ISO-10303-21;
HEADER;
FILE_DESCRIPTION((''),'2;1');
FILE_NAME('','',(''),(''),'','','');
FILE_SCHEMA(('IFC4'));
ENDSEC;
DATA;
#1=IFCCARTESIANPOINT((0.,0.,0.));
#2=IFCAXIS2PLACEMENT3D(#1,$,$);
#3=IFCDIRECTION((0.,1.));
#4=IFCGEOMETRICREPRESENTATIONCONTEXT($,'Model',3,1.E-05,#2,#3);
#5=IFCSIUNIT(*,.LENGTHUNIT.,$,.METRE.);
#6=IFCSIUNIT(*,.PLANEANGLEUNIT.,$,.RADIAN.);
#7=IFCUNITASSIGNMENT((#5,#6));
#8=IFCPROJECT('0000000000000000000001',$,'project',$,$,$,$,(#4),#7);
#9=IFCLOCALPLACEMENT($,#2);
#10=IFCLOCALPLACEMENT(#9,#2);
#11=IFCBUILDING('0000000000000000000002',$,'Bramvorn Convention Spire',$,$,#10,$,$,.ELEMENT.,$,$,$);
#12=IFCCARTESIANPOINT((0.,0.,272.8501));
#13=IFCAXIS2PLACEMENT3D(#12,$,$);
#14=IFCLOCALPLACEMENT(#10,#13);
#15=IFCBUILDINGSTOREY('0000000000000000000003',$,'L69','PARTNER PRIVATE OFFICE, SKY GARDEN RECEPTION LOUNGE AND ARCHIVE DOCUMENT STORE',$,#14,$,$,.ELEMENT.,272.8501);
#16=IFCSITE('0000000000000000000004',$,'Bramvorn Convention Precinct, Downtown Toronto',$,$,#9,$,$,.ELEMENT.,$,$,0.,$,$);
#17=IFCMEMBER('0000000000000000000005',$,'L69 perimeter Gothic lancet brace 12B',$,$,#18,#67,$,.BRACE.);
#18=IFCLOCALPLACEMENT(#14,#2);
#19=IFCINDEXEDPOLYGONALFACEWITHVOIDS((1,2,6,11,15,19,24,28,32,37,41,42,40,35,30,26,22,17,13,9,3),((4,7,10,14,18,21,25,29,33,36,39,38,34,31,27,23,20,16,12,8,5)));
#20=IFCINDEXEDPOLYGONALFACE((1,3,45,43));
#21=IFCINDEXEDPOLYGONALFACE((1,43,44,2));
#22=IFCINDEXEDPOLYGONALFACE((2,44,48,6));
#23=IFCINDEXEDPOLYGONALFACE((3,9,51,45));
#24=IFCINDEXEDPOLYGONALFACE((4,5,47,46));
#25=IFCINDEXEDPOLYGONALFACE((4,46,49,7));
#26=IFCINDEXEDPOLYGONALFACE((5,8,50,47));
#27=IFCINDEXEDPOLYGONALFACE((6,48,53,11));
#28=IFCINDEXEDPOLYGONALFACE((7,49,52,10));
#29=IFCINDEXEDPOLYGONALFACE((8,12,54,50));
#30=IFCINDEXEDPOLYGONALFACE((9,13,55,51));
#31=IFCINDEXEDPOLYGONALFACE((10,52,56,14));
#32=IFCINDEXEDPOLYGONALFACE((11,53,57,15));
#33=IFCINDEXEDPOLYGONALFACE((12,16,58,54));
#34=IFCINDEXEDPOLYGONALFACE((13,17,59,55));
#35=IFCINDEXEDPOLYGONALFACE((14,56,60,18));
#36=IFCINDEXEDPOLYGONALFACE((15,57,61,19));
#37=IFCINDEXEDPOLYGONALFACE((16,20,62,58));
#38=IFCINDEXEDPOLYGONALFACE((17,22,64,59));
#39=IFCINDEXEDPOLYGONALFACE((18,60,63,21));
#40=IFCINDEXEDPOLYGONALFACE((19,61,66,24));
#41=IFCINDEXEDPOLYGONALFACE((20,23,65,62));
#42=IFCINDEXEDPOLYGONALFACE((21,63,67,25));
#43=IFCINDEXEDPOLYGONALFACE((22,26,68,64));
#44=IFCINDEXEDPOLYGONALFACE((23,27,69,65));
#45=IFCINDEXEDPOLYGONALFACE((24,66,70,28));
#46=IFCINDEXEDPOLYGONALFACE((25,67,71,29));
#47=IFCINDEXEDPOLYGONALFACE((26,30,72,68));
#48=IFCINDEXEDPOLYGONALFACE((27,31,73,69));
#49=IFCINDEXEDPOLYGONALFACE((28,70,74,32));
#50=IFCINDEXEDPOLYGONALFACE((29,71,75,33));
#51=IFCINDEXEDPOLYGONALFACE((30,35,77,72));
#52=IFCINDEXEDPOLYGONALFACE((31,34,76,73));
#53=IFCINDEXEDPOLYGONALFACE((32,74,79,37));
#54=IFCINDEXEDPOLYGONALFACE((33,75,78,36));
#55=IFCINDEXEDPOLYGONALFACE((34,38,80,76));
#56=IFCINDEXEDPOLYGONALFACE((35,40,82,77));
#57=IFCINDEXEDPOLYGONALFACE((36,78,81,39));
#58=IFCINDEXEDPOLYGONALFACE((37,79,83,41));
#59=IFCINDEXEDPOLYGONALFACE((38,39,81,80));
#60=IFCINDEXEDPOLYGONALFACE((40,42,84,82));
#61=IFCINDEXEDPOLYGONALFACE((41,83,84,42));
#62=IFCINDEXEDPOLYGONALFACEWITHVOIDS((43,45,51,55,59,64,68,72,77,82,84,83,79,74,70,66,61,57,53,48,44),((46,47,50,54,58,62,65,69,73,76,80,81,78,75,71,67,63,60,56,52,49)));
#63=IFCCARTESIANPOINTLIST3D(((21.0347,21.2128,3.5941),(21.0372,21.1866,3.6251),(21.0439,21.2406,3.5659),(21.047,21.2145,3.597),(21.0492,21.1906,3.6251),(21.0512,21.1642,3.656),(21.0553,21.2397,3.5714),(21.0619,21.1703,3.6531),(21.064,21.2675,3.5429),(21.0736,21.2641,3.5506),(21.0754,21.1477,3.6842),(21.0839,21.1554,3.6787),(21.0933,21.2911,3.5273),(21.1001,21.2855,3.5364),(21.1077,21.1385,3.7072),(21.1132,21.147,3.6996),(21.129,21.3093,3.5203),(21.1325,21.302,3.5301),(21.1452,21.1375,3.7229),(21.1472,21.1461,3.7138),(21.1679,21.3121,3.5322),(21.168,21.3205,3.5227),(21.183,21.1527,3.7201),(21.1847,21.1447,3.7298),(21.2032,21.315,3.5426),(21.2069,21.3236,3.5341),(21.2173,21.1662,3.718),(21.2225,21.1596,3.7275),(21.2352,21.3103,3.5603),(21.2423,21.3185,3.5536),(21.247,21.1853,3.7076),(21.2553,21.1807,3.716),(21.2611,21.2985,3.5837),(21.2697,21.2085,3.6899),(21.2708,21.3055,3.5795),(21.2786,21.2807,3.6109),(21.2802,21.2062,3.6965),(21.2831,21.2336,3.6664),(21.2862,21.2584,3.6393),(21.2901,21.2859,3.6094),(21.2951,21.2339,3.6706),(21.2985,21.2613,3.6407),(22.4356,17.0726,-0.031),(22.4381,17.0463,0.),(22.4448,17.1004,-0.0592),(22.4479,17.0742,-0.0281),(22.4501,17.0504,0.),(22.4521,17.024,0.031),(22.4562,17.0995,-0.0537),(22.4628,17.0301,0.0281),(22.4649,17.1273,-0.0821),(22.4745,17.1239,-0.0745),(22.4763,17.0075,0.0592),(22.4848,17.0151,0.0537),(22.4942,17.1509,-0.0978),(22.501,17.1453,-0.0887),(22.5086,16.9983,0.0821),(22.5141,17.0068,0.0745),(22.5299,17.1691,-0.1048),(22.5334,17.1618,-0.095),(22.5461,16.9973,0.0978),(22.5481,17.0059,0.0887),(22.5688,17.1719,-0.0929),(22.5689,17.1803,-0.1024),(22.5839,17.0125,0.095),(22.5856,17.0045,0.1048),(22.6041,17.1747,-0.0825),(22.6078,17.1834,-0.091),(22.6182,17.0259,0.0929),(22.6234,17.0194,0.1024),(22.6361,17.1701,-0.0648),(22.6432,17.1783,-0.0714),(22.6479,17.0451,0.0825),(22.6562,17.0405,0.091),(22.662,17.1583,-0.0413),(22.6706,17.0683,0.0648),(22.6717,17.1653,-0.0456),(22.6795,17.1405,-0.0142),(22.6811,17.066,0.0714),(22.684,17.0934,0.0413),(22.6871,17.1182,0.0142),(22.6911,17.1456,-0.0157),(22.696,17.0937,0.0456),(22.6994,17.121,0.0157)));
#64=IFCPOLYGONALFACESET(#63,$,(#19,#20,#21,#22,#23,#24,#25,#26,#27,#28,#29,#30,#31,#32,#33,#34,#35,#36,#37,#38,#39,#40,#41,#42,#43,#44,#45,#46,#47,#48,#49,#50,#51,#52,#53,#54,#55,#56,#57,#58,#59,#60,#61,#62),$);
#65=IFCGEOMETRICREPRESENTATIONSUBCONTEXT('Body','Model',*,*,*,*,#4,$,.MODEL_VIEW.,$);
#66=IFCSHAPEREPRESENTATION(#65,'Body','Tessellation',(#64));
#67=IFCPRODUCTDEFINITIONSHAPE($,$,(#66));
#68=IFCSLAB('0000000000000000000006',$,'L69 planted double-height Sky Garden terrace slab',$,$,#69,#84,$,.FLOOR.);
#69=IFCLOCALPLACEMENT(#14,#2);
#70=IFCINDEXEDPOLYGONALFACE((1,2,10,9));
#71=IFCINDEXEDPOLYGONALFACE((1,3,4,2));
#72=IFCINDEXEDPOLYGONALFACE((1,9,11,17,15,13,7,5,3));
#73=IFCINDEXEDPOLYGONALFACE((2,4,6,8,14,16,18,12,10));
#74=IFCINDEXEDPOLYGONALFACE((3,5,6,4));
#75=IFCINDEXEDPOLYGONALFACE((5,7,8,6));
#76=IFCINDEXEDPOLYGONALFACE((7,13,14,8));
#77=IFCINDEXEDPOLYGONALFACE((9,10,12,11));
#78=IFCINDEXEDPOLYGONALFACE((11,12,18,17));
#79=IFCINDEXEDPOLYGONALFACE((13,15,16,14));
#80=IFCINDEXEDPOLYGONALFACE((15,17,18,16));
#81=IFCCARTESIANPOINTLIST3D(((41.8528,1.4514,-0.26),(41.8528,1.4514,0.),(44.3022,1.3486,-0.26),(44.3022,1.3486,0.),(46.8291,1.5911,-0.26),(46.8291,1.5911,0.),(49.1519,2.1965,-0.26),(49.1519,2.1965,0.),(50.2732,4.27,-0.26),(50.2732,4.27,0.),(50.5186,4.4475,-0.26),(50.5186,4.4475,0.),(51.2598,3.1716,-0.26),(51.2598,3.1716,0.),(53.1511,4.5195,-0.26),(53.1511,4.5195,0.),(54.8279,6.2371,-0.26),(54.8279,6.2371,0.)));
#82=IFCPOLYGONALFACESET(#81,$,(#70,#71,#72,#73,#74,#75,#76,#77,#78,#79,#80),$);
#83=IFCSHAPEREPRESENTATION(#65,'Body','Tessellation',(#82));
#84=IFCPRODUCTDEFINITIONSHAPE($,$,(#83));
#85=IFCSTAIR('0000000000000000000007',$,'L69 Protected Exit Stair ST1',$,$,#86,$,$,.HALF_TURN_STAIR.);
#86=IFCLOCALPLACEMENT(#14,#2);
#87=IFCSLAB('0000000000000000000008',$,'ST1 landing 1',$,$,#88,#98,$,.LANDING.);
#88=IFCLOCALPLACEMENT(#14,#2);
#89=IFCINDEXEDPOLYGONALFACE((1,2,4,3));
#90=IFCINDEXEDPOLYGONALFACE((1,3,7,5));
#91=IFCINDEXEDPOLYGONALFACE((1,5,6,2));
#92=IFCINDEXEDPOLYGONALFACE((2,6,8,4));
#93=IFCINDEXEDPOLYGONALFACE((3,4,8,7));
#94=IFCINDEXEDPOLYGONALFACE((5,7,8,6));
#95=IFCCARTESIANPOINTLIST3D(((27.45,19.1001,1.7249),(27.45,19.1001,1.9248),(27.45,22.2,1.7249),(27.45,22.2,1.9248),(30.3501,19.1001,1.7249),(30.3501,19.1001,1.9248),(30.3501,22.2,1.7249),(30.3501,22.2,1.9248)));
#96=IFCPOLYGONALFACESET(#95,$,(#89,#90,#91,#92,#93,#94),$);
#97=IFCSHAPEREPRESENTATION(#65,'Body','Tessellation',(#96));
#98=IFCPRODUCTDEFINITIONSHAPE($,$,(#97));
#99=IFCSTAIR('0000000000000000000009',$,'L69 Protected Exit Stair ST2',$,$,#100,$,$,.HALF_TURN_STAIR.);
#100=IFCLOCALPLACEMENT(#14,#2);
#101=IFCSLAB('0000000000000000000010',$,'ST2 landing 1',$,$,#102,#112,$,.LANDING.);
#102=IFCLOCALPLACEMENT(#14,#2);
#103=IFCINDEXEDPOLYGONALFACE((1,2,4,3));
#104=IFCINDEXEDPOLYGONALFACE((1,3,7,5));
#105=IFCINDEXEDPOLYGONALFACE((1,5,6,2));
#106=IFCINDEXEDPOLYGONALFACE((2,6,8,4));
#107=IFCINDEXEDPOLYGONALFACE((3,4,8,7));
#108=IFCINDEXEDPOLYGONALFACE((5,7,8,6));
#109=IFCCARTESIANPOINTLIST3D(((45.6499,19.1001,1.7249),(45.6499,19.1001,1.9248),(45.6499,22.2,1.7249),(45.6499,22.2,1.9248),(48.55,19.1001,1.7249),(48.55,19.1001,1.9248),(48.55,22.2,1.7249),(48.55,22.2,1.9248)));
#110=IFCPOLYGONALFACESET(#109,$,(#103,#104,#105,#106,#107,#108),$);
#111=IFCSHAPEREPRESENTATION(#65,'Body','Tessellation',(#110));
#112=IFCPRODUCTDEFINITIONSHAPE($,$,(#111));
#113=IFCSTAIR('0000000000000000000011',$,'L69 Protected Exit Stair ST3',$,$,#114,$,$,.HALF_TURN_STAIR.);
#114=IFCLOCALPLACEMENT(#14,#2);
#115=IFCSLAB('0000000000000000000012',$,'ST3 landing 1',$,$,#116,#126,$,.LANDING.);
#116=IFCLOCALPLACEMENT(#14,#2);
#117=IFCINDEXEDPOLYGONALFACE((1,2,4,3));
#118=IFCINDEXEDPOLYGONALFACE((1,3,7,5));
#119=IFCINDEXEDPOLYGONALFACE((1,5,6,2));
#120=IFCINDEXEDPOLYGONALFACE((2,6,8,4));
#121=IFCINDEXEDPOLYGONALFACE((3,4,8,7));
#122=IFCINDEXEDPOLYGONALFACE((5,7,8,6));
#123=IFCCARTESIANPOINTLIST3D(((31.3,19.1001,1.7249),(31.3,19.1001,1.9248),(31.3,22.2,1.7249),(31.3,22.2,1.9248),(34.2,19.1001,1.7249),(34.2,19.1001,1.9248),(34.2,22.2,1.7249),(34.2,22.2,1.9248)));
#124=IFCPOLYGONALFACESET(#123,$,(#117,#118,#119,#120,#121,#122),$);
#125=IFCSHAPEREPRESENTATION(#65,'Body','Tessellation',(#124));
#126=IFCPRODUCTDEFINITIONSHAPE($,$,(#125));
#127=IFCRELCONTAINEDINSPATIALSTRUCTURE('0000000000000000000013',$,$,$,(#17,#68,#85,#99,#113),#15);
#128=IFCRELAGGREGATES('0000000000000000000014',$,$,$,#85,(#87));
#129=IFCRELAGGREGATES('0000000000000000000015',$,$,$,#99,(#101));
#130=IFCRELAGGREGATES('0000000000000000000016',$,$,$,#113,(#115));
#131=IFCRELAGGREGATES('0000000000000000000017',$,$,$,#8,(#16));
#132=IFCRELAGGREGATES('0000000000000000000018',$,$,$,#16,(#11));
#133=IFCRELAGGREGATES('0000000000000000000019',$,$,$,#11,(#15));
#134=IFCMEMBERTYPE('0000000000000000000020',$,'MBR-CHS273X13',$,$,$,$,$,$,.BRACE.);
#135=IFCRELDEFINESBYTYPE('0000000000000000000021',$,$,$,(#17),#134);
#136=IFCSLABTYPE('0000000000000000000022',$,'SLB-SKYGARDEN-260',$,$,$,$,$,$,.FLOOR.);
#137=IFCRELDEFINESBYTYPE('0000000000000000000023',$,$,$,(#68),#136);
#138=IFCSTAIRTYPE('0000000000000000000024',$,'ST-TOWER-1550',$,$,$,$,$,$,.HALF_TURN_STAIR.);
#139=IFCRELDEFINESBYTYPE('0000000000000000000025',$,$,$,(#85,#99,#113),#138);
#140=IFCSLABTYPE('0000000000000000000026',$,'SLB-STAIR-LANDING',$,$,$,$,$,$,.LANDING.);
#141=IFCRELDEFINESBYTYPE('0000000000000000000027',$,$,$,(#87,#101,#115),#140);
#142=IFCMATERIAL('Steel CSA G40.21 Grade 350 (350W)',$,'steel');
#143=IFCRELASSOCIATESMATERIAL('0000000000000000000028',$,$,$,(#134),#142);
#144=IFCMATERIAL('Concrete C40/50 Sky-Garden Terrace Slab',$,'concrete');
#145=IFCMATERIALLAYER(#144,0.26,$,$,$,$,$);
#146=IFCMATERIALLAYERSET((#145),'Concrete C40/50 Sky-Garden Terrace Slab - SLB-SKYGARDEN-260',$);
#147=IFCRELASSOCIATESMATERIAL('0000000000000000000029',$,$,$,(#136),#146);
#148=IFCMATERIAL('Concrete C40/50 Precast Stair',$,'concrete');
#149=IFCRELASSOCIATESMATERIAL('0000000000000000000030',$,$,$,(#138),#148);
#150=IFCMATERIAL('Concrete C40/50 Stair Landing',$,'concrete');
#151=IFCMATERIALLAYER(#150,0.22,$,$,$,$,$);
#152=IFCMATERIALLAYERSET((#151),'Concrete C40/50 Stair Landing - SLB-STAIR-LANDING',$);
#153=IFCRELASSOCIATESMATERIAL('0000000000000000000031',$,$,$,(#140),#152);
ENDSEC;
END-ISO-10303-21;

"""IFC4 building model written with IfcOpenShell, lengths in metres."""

from ifc_helpers import new_model, si_unit, direction, frame, origin, origin_2d, place, context, subcontext, project, spatial, polyline, hollow_circle, outline, extrude, material, layer, layer_set, material_profile, profile_set, type_object, element, aggregate, save


model = new_model("IFC4")

# Units and contexts
model_context = context("Model", 3, precision=1e-05, world=origin(), true_north=direction((0.0, 1.0)))
body_context = subcontext(model_context, "Body", "Model", "MODEL_VIEW")
ifc_project = project(units=[si_unit("LENGTHUNIT", "METRE"), si_unit("PLANEANGLEUNIT", "RADIAN")], contexts=[model_context])

# Site, building, storey
site_placement = place(None, origin())
site = spatial("IfcSite", under=ifc_project, at=site_placement, Name="Bramvorn Convention Precinct, Downtown Toronto", CompositionType="ELEMENT", RefElevation=0.0)
building_placement = place(site_placement, origin())
building = spatial("IfcBuilding", under=site, at=building_placement, Name="Bramvorn Convention Spire", CompositionType="ELEMENT")
storey_placement = place(building_placement, frame((0.0, 0.0, 272.8501)))
storey = spatial("IfcBuildingStorey", under=building, at=storey_placement, Name="L69", Description="PARTNER PRIVATE OFFICE, SKY GARDEN RECEPTION LOUNGE AND ARCHIVE DOCUMENT STORE", CompositionType="ELEMENT", Elevation=272.8501)

# Shared definitions
ifc_material_1 = material(Name="Steel CSA G40.21 Grade 350 (350W)", Category="steel")

# Member
ifc_material_profile_1 = material_profile(ifc_material_1, hollow_circle(Radius=0.1365, WallThickness=0.0127, at=origin_2d()))
ifc_profile_set_1 = profile_set([ifc_material_profile_1], Name="Steel CSA G40.21 Grade 350 (350W) - CHS273X13")
member_type = type_object("IfcMemberType", Name="MBR-CHS273X13", PredefinedType="BRACE", material=ifc_profile_set_1)
member_placement = place(storey_placement, frame((22.5674, 17.0901, 0.0), z_axis=(-0.246705, 0.729107, 0.638388), x_axis=(-0.947244, -0.320514, 0.0)))
element("IfcMember", 1, at=member_placement, inside=storey, type_object=member_type, Name="L69 perimeter Gothic lancet brace 12B", PredefinedType="BRACE", context=body_context, shape_type="SweptSolid", body=[
    extrude(hollow_circle(Radius=0.1365, WallThickness=0.0127, at=origin_2d()), origin(), (0.0, 0.0, 1.0), 5.6785),
])

# Slab
ifc_material_2 = material(Name="Concrete C40/50 Sky-Garden Terrace Slab", Category="concrete")
ifc_layer_1 = layer(ifc_material_2, 0.26)
ifc_layer_set_1 = layer_set([ifc_layer_1], Name="Concrete C40/50 Sky-Garden Terrace Slab - SLB-SKYGARDEN-260")
slab_type_1 = type_object("IfcSlabType", Name="SLB-SKYGARDEN-260", PredefinedType="FLOOR", material=ifc_layer_set_1)
slab_1_placement = place(storey_placement, frame((0.0, 0.0, -0.26)))
element("IfcSlab", 2, at=slab_1_placement, inside=storey, type_object=slab_type_1, Name="L69 planted double-height Sky Garden terrace slab", PredefinedType="FLOOR", context=body_context, shape_type="SweptSolid", body=[
    extrude(outline(polyline([(54.8279, 6.2371), (50.5186, 4.4475), (50.2732, 4.27), (41.8528, 1.4514), (44.3022, 1.3486), (46.8291, 1.5911), (49.1519, 2.1965), (51.2598, 3.1716), (53.1511, 4.5195), (54.8279, 6.2371)])), origin(), (0.0, 0.0, 1.0), 0.26),
])

# Stairs, slabs
ifc_material_3 = material(Name="Concrete C40/50 Precast Stair", Category="concrete")
stair_type = type_object("IfcStairType", Name="ST-TOWER-1550", PredefinedType="HALF_TURN_STAIR", material=ifc_material_3)
stair_1_placement = place(storey_placement, origin())
stair_1 = element("IfcStair", 3, at=stair_1_placement, inside=storey, type_object=stair_type, Name="L69 Protected Exit Stair ST1", PredefinedType="HALF_TURN_STAIR")
ifc_material_4 = material(Name="Concrete C40/50 Stair Landing", Category="concrete")
ifc_layer_2 = layer(ifc_material_4, 0.22)
ifc_layer_set_2 = layer_set([ifc_layer_2], Name="Concrete C40/50 Stair Landing - SLB-STAIR-LANDING")
slab_type_2 = type_object("IfcSlabType", Name="SLB-STAIR-LANDING", PredefinedType="LANDING", material=ifc_layer_set_2)
slab_2_placement = place(storey_placement, frame((0.0, 0.0, 1.7249)))
slab_2 = element("IfcSlab", 4, at=slab_2_placement, type_object=slab_type_2, Name="ST1 landing 1", PredefinedType="LANDING", context=body_context, shape_type="SweptSolid", body=[
    extrude(outline(polyline([(27.45, 22.2), (27.45, 19.1001), (30.3501, 19.1001), (30.3501, 22.2), (27.45, 22.2)])), origin(), (0.0, 0.0, 1.0), 0.2),
])
aggregate(stair_1, [slab_2])
stair_2_placement = place(storey_placement, origin())
stair_2 = element("IfcStair", 5, at=stair_2_placement, inside=storey, type_object=stair_type, Name="L69 Protected Exit Stair ST2", PredefinedType="HALF_TURN_STAIR")
slab_3_placement = place(storey_placement, frame((0.0, 0.0, 1.7249)))
slab_3 = element("IfcSlab", 6, at=slab_3_placement, type_object=slab_type_2, Name="ST2 landing 1", PredefinedType="LANDING", context=body_context, shape_type="SweptSolid", body=[
    extrude(outline(polyline([(45.6499, 22.2), (45.6499, 19.1001), (48.55, 19.1001), (48.55, 22.2), (45.6499, 22.2)])), origin(), (0.0, 0.0, 1.0), 0.2),
])
aggregate(stair_2, [slab_3])
stair_3_placement = place(storey_placement, origin())
stair_3 = element("IfcStair", 7, at=stair_3_placement, inside=storey, type_object=stair_type, Name="L69 Protected Exit Stair ST3", PredefinedType="HALF_TURN_STAIR")
slab_4_placement = place(storey_placement, frame((0.0, 0.0, 1.7249)))
slab_4 = element("IfcSlab", 8, at=slab_4_placement, type_object=slab_type_2, Name="ST3 landing 1", PredefinedType="LANDING", context=body_context, shape_type="SweptSolid", body=[
    extrude(outline(polyline([(31.3, 22.2), (31.3, 19.1001), (34.2, 19.1001), (34.2, 22.2), (31.3, 22.2)])), origin(), (0.0, 0.0, 1.0), 0.2),
])
aggregate(stair_3, [slab_4])

save(model, "model.ifc")
